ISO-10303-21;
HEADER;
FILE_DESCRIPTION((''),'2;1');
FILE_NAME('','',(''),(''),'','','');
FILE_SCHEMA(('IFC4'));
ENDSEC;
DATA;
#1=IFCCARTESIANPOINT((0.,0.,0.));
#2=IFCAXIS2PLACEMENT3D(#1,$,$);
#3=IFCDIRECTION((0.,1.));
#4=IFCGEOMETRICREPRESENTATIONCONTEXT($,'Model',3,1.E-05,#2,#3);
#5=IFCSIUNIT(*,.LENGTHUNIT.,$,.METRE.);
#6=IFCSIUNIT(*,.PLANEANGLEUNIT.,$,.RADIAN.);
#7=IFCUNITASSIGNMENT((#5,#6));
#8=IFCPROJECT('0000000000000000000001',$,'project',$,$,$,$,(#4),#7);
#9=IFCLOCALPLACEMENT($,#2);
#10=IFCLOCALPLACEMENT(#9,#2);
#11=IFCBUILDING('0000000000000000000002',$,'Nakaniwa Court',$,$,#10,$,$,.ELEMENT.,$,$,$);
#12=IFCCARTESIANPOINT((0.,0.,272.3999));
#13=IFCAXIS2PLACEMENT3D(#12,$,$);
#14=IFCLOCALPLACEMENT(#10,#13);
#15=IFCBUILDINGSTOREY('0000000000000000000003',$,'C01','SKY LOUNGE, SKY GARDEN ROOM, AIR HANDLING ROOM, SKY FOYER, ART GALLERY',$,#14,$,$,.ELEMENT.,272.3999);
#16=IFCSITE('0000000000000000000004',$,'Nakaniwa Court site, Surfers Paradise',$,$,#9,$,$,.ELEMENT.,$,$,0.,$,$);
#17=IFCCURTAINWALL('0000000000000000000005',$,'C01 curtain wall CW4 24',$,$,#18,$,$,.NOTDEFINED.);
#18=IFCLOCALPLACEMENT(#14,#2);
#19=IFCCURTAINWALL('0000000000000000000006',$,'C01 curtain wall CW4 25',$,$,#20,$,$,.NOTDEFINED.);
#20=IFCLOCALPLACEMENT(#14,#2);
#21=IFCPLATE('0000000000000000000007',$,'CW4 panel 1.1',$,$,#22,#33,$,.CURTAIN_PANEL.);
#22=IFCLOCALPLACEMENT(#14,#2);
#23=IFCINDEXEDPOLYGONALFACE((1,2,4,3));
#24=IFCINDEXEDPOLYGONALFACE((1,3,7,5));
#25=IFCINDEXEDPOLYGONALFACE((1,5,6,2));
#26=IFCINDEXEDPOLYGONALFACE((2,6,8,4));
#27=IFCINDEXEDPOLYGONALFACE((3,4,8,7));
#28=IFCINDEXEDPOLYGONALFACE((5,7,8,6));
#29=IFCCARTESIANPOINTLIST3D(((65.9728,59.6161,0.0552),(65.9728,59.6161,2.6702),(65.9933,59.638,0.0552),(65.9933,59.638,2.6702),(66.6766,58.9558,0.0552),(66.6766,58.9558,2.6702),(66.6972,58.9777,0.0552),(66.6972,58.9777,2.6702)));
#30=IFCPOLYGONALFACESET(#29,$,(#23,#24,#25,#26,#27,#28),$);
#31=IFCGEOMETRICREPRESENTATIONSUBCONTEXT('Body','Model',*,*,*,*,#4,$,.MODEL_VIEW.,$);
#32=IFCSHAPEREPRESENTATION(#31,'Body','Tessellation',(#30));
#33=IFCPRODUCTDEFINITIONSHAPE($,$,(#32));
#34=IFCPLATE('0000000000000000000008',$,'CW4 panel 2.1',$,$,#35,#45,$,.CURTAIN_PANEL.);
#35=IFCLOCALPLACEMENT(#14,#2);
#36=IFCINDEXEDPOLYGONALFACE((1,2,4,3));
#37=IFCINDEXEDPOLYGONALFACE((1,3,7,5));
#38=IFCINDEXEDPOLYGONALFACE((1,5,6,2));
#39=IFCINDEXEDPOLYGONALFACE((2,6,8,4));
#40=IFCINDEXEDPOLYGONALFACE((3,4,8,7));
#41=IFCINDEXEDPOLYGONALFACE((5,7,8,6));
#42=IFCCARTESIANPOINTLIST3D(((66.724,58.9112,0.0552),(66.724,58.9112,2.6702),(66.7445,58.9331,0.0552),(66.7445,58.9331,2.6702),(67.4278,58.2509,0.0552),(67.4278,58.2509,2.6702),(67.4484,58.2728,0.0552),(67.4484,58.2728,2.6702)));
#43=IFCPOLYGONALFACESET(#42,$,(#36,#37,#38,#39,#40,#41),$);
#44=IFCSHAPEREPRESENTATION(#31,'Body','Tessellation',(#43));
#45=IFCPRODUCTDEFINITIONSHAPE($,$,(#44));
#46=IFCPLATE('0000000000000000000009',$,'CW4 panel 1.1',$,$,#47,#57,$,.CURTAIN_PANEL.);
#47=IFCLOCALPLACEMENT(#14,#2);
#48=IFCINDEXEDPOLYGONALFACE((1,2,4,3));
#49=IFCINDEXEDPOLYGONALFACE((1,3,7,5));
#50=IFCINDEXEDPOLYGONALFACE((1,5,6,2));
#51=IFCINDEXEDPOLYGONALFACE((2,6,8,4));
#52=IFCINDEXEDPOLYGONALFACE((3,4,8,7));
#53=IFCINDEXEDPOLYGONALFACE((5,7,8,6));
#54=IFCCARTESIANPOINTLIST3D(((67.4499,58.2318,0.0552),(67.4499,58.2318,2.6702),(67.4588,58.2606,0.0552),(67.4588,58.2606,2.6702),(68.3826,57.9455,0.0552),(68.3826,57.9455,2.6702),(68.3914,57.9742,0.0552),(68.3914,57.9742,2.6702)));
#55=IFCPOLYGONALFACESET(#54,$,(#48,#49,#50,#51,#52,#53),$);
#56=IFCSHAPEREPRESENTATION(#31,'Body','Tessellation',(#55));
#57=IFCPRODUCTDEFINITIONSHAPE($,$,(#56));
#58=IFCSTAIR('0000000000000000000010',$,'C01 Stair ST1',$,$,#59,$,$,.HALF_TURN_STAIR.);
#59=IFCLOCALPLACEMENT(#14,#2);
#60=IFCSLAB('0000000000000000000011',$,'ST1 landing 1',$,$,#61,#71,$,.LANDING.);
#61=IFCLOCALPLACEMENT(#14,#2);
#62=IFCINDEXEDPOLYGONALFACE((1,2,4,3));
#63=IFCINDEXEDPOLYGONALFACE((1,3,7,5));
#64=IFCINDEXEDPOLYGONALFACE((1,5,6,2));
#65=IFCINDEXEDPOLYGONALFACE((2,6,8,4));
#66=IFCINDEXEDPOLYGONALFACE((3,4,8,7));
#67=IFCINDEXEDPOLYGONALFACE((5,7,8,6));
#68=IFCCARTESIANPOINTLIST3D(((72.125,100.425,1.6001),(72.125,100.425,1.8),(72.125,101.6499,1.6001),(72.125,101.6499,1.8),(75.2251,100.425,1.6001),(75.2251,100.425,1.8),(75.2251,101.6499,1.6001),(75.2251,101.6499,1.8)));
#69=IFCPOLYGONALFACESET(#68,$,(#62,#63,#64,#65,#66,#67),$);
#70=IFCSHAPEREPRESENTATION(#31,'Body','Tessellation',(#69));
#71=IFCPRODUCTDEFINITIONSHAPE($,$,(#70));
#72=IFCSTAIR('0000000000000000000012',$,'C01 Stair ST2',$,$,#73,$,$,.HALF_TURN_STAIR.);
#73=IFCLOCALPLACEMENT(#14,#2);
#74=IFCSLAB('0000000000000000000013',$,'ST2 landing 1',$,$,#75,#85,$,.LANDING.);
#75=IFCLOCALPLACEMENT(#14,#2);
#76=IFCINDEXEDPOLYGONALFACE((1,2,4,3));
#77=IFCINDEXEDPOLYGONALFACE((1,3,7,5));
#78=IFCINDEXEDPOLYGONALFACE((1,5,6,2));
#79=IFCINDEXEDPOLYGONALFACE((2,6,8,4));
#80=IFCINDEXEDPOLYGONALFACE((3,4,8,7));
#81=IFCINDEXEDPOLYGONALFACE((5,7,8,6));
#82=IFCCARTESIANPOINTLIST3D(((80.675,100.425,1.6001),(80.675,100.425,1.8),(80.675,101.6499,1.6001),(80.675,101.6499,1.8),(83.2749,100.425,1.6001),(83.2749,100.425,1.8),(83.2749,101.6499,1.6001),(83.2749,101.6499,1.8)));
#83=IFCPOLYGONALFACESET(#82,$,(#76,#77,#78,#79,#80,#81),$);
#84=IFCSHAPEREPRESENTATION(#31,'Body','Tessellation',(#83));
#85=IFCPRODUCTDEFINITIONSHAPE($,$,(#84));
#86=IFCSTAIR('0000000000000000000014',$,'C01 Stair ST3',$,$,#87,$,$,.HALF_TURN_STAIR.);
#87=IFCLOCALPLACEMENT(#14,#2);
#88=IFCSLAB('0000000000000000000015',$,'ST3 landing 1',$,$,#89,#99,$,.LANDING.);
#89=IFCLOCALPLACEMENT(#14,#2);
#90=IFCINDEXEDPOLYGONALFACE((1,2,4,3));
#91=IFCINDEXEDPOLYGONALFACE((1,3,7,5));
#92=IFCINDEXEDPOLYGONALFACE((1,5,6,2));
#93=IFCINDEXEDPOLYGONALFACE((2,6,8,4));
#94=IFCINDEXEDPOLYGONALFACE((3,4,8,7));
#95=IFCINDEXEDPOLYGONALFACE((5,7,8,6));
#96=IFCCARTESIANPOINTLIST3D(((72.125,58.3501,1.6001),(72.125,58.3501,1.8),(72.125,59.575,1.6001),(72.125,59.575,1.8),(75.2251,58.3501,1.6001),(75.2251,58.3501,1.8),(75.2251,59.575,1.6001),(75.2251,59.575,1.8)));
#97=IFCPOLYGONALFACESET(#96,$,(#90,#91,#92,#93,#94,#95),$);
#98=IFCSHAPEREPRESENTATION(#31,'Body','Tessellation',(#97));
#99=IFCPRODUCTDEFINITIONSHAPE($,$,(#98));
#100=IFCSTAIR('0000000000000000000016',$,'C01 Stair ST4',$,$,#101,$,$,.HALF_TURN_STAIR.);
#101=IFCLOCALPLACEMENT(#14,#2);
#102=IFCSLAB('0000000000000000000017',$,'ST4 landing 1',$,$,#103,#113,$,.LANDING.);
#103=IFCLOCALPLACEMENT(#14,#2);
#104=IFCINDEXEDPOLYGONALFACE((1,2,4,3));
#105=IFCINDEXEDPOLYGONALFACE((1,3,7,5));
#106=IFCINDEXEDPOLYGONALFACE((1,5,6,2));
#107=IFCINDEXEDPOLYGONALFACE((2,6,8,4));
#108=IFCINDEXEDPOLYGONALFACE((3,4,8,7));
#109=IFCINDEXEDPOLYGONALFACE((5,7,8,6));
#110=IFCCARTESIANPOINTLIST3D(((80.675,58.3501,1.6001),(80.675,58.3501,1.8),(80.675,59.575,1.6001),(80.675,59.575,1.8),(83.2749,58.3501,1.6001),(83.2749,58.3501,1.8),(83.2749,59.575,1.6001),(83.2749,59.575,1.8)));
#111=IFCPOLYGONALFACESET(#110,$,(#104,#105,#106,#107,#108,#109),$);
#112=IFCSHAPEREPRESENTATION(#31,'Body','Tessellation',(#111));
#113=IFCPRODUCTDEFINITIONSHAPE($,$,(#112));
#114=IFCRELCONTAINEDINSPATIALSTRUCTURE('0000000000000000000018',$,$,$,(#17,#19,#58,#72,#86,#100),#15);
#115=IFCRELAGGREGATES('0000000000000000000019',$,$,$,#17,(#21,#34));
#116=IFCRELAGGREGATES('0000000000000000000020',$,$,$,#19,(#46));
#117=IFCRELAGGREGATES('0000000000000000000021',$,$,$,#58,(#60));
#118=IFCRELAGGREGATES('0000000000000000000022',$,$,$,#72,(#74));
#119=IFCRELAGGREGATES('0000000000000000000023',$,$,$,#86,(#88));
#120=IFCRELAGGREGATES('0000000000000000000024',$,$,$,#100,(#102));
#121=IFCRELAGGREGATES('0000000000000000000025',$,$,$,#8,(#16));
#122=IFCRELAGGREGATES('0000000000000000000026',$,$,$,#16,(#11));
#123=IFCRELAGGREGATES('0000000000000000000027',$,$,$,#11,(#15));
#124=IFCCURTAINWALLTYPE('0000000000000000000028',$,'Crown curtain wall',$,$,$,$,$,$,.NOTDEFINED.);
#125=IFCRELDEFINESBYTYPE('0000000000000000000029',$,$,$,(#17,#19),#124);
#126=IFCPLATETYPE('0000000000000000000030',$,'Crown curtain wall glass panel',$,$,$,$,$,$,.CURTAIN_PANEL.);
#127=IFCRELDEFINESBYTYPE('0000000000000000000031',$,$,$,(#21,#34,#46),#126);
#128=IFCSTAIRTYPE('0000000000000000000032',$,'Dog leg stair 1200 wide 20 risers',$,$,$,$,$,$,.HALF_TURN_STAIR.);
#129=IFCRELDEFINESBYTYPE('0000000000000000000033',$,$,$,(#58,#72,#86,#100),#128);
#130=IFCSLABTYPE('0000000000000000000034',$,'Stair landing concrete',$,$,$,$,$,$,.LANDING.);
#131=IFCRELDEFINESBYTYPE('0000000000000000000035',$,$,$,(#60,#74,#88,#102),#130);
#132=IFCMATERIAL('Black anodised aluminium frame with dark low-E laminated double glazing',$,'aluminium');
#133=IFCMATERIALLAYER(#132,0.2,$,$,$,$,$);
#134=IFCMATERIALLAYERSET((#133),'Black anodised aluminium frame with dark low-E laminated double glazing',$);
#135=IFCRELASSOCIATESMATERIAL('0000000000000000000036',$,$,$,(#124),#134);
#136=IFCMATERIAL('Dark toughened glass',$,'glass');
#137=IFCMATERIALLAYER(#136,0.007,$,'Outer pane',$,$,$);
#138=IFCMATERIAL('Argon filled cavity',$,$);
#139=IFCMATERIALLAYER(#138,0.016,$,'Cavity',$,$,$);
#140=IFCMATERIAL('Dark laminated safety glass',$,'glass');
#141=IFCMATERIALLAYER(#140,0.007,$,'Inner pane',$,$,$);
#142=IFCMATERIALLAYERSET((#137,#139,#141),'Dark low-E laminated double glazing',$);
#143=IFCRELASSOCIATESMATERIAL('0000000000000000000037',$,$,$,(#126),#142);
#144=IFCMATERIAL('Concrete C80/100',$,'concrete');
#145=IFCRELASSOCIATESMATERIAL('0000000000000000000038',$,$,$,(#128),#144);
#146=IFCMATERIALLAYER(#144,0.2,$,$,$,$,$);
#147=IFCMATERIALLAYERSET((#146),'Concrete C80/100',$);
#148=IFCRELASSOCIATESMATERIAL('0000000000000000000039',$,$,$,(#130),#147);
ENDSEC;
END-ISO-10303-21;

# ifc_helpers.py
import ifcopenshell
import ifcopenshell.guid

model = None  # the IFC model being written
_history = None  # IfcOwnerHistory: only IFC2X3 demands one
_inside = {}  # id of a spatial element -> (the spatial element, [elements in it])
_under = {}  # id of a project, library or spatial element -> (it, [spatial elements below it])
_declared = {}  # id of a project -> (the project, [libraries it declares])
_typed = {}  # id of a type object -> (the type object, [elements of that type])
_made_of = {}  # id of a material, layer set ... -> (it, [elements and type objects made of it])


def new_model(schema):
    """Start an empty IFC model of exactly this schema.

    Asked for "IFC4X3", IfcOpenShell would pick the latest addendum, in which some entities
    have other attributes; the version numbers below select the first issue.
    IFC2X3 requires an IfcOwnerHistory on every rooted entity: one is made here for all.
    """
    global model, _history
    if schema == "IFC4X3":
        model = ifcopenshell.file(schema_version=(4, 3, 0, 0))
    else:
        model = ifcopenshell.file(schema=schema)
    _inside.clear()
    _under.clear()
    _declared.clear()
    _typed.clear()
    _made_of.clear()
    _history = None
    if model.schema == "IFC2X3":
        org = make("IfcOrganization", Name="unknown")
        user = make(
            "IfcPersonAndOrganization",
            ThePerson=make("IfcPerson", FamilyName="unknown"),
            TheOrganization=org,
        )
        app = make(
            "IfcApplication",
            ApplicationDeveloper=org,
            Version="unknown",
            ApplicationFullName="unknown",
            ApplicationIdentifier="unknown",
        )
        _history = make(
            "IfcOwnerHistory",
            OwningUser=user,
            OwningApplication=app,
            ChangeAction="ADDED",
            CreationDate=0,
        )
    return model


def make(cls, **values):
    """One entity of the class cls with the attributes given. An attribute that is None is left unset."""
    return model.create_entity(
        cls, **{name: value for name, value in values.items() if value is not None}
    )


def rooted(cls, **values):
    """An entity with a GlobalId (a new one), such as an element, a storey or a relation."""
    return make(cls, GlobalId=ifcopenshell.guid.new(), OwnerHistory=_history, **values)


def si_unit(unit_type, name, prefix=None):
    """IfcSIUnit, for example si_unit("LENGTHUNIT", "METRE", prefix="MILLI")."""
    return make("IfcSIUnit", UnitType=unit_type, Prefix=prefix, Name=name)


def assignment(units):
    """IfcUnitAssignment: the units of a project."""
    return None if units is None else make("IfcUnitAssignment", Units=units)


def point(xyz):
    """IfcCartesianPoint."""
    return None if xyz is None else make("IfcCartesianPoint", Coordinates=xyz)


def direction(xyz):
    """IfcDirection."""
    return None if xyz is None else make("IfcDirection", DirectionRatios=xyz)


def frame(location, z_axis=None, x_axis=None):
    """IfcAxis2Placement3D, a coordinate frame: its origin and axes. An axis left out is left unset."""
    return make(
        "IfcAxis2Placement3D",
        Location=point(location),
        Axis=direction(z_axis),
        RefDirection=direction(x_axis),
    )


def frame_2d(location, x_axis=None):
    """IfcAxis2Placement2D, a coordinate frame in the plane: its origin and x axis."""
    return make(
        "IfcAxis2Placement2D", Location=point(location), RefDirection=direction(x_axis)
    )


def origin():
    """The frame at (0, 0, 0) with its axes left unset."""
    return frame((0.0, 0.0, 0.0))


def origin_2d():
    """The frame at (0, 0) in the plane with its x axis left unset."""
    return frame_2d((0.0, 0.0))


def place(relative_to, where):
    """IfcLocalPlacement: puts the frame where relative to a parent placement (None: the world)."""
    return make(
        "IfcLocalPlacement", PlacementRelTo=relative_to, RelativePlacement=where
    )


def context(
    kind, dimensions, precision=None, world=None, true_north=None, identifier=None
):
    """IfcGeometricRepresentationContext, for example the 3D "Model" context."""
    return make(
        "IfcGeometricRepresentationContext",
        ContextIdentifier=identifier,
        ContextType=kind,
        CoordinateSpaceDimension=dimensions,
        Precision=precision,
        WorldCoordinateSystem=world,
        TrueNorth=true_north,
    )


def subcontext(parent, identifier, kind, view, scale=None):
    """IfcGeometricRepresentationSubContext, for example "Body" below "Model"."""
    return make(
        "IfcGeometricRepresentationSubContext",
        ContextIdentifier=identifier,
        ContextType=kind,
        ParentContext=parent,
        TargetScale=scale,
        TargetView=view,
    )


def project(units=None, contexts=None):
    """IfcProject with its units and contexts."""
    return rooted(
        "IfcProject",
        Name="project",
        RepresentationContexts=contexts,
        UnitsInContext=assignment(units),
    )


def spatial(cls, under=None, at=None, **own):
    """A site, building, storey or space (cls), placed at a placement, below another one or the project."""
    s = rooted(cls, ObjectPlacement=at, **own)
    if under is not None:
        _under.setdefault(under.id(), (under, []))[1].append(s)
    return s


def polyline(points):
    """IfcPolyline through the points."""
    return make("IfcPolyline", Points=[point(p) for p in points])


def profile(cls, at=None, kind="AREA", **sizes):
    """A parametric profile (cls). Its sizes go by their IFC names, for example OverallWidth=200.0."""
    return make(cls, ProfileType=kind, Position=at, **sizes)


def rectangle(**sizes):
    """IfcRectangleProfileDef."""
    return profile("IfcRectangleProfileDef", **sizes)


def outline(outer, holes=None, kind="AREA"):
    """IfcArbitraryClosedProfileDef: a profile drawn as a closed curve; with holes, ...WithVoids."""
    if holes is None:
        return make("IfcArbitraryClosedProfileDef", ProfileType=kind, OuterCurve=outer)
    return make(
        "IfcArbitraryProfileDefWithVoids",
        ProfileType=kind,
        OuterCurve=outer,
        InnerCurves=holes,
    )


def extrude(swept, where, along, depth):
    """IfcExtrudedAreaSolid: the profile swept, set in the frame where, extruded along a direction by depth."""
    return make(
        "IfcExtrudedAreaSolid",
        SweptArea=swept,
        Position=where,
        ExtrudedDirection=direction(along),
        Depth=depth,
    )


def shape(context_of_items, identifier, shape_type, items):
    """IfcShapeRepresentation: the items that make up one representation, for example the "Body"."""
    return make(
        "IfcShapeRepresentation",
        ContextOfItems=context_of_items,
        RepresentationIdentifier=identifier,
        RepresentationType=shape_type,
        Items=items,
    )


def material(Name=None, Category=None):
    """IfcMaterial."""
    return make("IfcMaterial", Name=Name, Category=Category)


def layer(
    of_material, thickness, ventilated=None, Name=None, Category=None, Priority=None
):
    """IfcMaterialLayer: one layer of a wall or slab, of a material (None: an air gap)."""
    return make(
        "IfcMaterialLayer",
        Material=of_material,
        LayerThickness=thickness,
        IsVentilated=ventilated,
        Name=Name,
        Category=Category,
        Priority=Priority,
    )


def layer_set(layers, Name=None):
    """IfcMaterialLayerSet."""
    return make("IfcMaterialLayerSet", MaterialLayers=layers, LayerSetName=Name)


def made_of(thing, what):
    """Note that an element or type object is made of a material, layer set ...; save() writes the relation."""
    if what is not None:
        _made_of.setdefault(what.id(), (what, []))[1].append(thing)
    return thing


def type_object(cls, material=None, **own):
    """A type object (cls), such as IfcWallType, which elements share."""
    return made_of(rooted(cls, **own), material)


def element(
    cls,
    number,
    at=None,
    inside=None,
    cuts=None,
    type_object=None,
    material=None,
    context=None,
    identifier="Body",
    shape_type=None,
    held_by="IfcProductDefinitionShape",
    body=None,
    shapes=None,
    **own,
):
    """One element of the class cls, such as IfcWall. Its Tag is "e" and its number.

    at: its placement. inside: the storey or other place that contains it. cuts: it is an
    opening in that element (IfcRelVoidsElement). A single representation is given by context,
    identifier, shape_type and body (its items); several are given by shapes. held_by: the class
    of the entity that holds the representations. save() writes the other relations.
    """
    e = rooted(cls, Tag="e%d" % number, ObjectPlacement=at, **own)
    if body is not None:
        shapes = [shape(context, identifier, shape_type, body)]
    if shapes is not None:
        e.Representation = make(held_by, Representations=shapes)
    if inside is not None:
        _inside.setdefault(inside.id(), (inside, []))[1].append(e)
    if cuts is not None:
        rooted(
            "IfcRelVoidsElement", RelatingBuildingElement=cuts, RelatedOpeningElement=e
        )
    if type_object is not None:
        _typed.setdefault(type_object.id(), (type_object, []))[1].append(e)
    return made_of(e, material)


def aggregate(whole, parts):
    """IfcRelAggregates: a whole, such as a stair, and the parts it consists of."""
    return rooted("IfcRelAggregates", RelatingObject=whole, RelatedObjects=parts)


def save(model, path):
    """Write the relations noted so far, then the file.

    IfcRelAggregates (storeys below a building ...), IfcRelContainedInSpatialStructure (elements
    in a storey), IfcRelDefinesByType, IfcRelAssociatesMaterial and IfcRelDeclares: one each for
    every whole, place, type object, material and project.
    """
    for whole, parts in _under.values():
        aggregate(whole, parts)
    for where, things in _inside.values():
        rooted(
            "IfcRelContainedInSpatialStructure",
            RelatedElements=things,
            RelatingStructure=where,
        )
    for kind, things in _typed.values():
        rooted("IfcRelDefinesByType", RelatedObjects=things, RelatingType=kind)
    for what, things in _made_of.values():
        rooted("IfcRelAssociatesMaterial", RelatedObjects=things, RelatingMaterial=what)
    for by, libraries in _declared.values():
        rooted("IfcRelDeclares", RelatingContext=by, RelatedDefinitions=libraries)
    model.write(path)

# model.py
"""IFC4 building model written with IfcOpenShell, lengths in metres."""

from ifc_helpers import new_model, si_unit, direction, frame, origin, origin_2d, place, context, subcontext, project, spatial, polyline, rectangle, outline, extrude, material, layer, layer_set, type_object, element, aggregate, save


model = new_model("IFC4")

# Units and contexts
model_context = context("Model", 3, precision=1e-05, world=origin(), true_north=direction((0.0, 1.0)))
body_context = subcontext(model_context, "Body", "Model", "MODEL_VIEW")
ifc_project = project(units=[si_unit("LENGTHUNIT", "METRE"), si_unit("PLANEANGLEUNIT", "RADIAN")], contexts=[model_context])

# Site, building, storey
site_placement = place(None, origin())
site = spatial("IfcSite", under=ifc_project, at=site_placement, Name="Nakaniwa Court site, Surfers Paradise", CompositionType="ELEMENT", RefElevation=0.0)
building_placement = place(site_placement, origin())
building = spatial("IfcBuilding", under=site, at=building_placement, Name="Nakaniwa Court", CompositionType="ELEMENT")
storey_placement = place(building_placement, frame((0.0, 0.0, 272.3999)))
storey = spatial("IfcBuildingStorey", under=building, at=storey_placement, Name="C01", Description="SKY LOUNGE, SKY GARDEN ROOM, AIR HANDLING ROOM, SKY FOYER, ART GALLERY", CompositionType="ELEMENT", Elevation=272.3999)

# Shared definitions
ifc_material_1 = material(Name="Concrete C80/100", Category="concrete")

# Curtain walls
ifc_material_2 = material(Name="Black anodised aluminium frame with dark low-E laminated double glazing", Category="aluminium")
ifc_layer_1 = layer(ifc_material_2, 0.2)
ifc_layer_set_1 = layer_set([ifc_layer_1], Name="Black anodised aluminium frame with dark low-E laminated double glazing")
curtain_wall_type = type_object("IfcCurtainWallType", Name="Crown curtain wall", PredefinedType="NOTDEFINED", material=ifc_layer_set_1)
curtain_wall_1_placement = place(storey_placement, origin())
curtain_wall_1 = element("IfcCurtainWall", 1, at=curtain_wall_1_placement, inside=storey, type_object=curtain_wall_type, Name="C01 curtain wall CW4 24", PredefinedType="NOTDEFINED")
curtain_wall_2_placement = place(storey_placement, origin())
curtain_wall_2 = element("IfcCurtainWall", 2, at=curtain_wall_2_placement, inside=storey, type_object=curtain_wall_type, Name="C01 curtain wall CW4 25", PredefinedType="NOTDEFINED")

# Plates
ifc_material_3 = material(Name="Dark toughened glass", Category="glass")
ifc_layer_2 = layer(ifc_material_3, 0.007, Name="Outer pane")
ifc_material_4 = material(Name="Argon filled cavity")
ifc_layer_3 = layer(ifc_material_4, 0.016, Name="Cavity")
ifc_material_5 = material(Name="Dark laminated safety glass", Category="glass")
ifc_layer_4 = layer(ifc_material_5, 0.007, Name="Inner pane")
ifc_layer_set_2 = layer_set([ifc_layer_2, ifc_layer_3, ifc_layer_4], Name="Dark low-E laminated double glazing")
plate_type = type_object("IfcPlateType", Name="Crown curtain wall glass panel", PredefinedType="CURTAIN_PANEL", material=ifc_layer_set_2)
plate_1_placement = place(storey_placement, frame((66.335, 59.2969, 0.0552), z_axis=(0.0, 0.0, 1.0), x_axis=(0.729311, -0.684182, 0.0)))
plate_1 = element("IfcPlate", 3, at=plate_1_placement, type_object=plate_type, Name="CW4 panel 1.1", PredefinedType="CURTAIN_PANEL", context=body_context, shape_type="SweptSolid", body=[
    extrude(rectangle(XDim=0.9651, YDim=0.03, at=origin_2d()), origin(), (0.0, 0.0, 1.0), 2.615),
])
plate_2_placement = place(storey_placement, frame((67.0862, 58.592, 0.0552), z_axis=(0.0, 0.0, 1.0), x_axis=(0.729311, -0.684182, 0.0)))
plate_2 = element("IfcPlate", 4, at=plate_2_placement, type_object=plate_type, Name="CW4 panel 2.1", PredefinedType="CURTAIN_PANEL", context=body_context, shape_type="SweptSolid", body=[
    extrude(rectangle(XDim=0.9651, YDim=0.03, at=origin_2d()), origin(), (0.0, 0.0, 1.0), 2.615),
])
aggregate(curtain_wall_1, [plate_1, plate_2])
plate_3_placement = place(storey_placement, frame((67.9207, 58.103, 0.0552), z_axis=(0.0, 0.0, 1.0), x_axis=(0.955957, -0.293506, 0.0)))
plate_3 = element("IfcPlate", 5, at=plate_3_placement, type_object=plate_type, Name="CW4 panel 1.1", PredefinedType="CURTAIN_PANEL", context=body_context, shape_type="SweptSolid", body=[
    extrude(rectangle(XDim=0.9756, YDim=0.03, at=origin_2d()), origin(), (0.0, 0.0, 1.0), 2.615),
])
aggregate(curtain_wall_2, [plate_3])

# Stairs, slabs
stair_type = type_object("IfcStairType", Name="Dog leg stair 1200 wide 20 risers", PredefinedType="HALF_TURN_STAIR", material=ifc_material_1)
stair_1_placement = place(storey_placement, origin())
stair_1 = element("IfcStair", 6, at=stair_1_placement, inside=storey, type_object=stair_type, Name="C01 Stair ST1", PredefinedType="HALF_TURN_STAIR")
ifc_layer_5 = layer(ifc_material_1, 0.2)
ifc_layer_set_3 = layer_set([ifc_layer_5], Name="Concrete C80/100")
slab_type_1 = type_object("IfcSlabType", Name="Stair landing concrete", PredefinedType="LANDING", material=ifc_layer_set_3)
slab_1_placement = place(storey_placement, frame((0.0, 0.0, 1.6001)))
slab_1 = element("IfcSlab", 7, at=slab_1_placement, type_object=slab_type_1, Name="ST1 landing 1", PredefinedType="LANDING", context=body_context, shape_type="SweptSolid", body=[
    extrude(outline(polyline([(75.2251, 100.425), (75.2251, 101.6499), (72.125, 101.6499), (72.125, 100.425), (75.2251, 100.425)])), origin(), (0.0, 0.0, 1.0), 0.2),
])
aggregate(stair_1, [slab_1])
stair_2_placement = place(storey_placement, origin())
stair_2 = element("IfcStair", 8, at=stair_2_placement, inside=storey, type_object=stair_type, Name="C01 Stair ST2", PredefinedType="HALF_TURN_STAIR")
slab_2_placement = place(storey_placement, frame((0.0, 0.0, 1.6001)))
slab_2 = element("IfcSlab", 9, at=slab_2_placement, type_object=slab_type_1, Name="ST2 landing 1", PredefinedType="LANDING", context=body_context, shape_type="SweptSolid", body=[
    extrude(outline(polyline([(83.2749, 100.425), (83.2749, 101.6499), (80.675, 101.6499), (80.675, 100.425), (83.2749, 100.425)])), origin(), (0.0, 0.0, 1.0), 0.2),
])
aggregate(stair_2, [slab_2])
stair_3_placement = place(storey_placement, origin())
stair_3 = element("IfcStair", 10, at=stair_3_placement, inside=storey, type_object=stair_type, Name="C01 Stair ST3", PredefinedType="HALF_TURN_STAIR")
slab_3_placement = place(storey_placement, frame((0.0, 0.0, 1.6001)))
slab_3 = element("IfcSlab", 11, at=slab_3_placement, type_object=slab_type_1, Name="ST3 landing 1", PredefinedType="LANDING", context=body_context, shape_type="SweptSolid", body=[
    extrude(outline(polyline([(75.2251, 58.3501), (75.2251, 59.575), (72.125, 59.575), (72.125, 58.3501), (75.2251, 58.3501)])), origin(), (0.0, 0.0, 1.0), 0.2),
])
aggregate(stair_3, [slab_3])
stair_4_placement = place(storey_placement, origin())
stair_4 = element("IfcStair", 12, at=stair_4_placement, inside=storey, type_object=stair_type, Name="C01 Stair ST4", PredefinedType="HALF_TURN_STAIR")
slab_4_placement = place(storey_placement, frame((0.0, 0.0, 1.6001)))
slab_4 = element("IfcSlab", 13, at=slab_4_placement, type_object=slab_type_1, Name="ST4 landing 1", PredefinedType="LANDING", context=body_context, shape_type="SweptSolid", body=[
    extrude(outline(polyline([(83.2749, 58.3501), (83.2749, 59.575), (80.675, 59.575), (80.675, 58.3501), (83.2749, 58.3501)])), origin(), (0.0, 0.0, 1.0), 0.2),
])
aggregate(stair_4, [slab_4])

save(model, "model.ifc")
